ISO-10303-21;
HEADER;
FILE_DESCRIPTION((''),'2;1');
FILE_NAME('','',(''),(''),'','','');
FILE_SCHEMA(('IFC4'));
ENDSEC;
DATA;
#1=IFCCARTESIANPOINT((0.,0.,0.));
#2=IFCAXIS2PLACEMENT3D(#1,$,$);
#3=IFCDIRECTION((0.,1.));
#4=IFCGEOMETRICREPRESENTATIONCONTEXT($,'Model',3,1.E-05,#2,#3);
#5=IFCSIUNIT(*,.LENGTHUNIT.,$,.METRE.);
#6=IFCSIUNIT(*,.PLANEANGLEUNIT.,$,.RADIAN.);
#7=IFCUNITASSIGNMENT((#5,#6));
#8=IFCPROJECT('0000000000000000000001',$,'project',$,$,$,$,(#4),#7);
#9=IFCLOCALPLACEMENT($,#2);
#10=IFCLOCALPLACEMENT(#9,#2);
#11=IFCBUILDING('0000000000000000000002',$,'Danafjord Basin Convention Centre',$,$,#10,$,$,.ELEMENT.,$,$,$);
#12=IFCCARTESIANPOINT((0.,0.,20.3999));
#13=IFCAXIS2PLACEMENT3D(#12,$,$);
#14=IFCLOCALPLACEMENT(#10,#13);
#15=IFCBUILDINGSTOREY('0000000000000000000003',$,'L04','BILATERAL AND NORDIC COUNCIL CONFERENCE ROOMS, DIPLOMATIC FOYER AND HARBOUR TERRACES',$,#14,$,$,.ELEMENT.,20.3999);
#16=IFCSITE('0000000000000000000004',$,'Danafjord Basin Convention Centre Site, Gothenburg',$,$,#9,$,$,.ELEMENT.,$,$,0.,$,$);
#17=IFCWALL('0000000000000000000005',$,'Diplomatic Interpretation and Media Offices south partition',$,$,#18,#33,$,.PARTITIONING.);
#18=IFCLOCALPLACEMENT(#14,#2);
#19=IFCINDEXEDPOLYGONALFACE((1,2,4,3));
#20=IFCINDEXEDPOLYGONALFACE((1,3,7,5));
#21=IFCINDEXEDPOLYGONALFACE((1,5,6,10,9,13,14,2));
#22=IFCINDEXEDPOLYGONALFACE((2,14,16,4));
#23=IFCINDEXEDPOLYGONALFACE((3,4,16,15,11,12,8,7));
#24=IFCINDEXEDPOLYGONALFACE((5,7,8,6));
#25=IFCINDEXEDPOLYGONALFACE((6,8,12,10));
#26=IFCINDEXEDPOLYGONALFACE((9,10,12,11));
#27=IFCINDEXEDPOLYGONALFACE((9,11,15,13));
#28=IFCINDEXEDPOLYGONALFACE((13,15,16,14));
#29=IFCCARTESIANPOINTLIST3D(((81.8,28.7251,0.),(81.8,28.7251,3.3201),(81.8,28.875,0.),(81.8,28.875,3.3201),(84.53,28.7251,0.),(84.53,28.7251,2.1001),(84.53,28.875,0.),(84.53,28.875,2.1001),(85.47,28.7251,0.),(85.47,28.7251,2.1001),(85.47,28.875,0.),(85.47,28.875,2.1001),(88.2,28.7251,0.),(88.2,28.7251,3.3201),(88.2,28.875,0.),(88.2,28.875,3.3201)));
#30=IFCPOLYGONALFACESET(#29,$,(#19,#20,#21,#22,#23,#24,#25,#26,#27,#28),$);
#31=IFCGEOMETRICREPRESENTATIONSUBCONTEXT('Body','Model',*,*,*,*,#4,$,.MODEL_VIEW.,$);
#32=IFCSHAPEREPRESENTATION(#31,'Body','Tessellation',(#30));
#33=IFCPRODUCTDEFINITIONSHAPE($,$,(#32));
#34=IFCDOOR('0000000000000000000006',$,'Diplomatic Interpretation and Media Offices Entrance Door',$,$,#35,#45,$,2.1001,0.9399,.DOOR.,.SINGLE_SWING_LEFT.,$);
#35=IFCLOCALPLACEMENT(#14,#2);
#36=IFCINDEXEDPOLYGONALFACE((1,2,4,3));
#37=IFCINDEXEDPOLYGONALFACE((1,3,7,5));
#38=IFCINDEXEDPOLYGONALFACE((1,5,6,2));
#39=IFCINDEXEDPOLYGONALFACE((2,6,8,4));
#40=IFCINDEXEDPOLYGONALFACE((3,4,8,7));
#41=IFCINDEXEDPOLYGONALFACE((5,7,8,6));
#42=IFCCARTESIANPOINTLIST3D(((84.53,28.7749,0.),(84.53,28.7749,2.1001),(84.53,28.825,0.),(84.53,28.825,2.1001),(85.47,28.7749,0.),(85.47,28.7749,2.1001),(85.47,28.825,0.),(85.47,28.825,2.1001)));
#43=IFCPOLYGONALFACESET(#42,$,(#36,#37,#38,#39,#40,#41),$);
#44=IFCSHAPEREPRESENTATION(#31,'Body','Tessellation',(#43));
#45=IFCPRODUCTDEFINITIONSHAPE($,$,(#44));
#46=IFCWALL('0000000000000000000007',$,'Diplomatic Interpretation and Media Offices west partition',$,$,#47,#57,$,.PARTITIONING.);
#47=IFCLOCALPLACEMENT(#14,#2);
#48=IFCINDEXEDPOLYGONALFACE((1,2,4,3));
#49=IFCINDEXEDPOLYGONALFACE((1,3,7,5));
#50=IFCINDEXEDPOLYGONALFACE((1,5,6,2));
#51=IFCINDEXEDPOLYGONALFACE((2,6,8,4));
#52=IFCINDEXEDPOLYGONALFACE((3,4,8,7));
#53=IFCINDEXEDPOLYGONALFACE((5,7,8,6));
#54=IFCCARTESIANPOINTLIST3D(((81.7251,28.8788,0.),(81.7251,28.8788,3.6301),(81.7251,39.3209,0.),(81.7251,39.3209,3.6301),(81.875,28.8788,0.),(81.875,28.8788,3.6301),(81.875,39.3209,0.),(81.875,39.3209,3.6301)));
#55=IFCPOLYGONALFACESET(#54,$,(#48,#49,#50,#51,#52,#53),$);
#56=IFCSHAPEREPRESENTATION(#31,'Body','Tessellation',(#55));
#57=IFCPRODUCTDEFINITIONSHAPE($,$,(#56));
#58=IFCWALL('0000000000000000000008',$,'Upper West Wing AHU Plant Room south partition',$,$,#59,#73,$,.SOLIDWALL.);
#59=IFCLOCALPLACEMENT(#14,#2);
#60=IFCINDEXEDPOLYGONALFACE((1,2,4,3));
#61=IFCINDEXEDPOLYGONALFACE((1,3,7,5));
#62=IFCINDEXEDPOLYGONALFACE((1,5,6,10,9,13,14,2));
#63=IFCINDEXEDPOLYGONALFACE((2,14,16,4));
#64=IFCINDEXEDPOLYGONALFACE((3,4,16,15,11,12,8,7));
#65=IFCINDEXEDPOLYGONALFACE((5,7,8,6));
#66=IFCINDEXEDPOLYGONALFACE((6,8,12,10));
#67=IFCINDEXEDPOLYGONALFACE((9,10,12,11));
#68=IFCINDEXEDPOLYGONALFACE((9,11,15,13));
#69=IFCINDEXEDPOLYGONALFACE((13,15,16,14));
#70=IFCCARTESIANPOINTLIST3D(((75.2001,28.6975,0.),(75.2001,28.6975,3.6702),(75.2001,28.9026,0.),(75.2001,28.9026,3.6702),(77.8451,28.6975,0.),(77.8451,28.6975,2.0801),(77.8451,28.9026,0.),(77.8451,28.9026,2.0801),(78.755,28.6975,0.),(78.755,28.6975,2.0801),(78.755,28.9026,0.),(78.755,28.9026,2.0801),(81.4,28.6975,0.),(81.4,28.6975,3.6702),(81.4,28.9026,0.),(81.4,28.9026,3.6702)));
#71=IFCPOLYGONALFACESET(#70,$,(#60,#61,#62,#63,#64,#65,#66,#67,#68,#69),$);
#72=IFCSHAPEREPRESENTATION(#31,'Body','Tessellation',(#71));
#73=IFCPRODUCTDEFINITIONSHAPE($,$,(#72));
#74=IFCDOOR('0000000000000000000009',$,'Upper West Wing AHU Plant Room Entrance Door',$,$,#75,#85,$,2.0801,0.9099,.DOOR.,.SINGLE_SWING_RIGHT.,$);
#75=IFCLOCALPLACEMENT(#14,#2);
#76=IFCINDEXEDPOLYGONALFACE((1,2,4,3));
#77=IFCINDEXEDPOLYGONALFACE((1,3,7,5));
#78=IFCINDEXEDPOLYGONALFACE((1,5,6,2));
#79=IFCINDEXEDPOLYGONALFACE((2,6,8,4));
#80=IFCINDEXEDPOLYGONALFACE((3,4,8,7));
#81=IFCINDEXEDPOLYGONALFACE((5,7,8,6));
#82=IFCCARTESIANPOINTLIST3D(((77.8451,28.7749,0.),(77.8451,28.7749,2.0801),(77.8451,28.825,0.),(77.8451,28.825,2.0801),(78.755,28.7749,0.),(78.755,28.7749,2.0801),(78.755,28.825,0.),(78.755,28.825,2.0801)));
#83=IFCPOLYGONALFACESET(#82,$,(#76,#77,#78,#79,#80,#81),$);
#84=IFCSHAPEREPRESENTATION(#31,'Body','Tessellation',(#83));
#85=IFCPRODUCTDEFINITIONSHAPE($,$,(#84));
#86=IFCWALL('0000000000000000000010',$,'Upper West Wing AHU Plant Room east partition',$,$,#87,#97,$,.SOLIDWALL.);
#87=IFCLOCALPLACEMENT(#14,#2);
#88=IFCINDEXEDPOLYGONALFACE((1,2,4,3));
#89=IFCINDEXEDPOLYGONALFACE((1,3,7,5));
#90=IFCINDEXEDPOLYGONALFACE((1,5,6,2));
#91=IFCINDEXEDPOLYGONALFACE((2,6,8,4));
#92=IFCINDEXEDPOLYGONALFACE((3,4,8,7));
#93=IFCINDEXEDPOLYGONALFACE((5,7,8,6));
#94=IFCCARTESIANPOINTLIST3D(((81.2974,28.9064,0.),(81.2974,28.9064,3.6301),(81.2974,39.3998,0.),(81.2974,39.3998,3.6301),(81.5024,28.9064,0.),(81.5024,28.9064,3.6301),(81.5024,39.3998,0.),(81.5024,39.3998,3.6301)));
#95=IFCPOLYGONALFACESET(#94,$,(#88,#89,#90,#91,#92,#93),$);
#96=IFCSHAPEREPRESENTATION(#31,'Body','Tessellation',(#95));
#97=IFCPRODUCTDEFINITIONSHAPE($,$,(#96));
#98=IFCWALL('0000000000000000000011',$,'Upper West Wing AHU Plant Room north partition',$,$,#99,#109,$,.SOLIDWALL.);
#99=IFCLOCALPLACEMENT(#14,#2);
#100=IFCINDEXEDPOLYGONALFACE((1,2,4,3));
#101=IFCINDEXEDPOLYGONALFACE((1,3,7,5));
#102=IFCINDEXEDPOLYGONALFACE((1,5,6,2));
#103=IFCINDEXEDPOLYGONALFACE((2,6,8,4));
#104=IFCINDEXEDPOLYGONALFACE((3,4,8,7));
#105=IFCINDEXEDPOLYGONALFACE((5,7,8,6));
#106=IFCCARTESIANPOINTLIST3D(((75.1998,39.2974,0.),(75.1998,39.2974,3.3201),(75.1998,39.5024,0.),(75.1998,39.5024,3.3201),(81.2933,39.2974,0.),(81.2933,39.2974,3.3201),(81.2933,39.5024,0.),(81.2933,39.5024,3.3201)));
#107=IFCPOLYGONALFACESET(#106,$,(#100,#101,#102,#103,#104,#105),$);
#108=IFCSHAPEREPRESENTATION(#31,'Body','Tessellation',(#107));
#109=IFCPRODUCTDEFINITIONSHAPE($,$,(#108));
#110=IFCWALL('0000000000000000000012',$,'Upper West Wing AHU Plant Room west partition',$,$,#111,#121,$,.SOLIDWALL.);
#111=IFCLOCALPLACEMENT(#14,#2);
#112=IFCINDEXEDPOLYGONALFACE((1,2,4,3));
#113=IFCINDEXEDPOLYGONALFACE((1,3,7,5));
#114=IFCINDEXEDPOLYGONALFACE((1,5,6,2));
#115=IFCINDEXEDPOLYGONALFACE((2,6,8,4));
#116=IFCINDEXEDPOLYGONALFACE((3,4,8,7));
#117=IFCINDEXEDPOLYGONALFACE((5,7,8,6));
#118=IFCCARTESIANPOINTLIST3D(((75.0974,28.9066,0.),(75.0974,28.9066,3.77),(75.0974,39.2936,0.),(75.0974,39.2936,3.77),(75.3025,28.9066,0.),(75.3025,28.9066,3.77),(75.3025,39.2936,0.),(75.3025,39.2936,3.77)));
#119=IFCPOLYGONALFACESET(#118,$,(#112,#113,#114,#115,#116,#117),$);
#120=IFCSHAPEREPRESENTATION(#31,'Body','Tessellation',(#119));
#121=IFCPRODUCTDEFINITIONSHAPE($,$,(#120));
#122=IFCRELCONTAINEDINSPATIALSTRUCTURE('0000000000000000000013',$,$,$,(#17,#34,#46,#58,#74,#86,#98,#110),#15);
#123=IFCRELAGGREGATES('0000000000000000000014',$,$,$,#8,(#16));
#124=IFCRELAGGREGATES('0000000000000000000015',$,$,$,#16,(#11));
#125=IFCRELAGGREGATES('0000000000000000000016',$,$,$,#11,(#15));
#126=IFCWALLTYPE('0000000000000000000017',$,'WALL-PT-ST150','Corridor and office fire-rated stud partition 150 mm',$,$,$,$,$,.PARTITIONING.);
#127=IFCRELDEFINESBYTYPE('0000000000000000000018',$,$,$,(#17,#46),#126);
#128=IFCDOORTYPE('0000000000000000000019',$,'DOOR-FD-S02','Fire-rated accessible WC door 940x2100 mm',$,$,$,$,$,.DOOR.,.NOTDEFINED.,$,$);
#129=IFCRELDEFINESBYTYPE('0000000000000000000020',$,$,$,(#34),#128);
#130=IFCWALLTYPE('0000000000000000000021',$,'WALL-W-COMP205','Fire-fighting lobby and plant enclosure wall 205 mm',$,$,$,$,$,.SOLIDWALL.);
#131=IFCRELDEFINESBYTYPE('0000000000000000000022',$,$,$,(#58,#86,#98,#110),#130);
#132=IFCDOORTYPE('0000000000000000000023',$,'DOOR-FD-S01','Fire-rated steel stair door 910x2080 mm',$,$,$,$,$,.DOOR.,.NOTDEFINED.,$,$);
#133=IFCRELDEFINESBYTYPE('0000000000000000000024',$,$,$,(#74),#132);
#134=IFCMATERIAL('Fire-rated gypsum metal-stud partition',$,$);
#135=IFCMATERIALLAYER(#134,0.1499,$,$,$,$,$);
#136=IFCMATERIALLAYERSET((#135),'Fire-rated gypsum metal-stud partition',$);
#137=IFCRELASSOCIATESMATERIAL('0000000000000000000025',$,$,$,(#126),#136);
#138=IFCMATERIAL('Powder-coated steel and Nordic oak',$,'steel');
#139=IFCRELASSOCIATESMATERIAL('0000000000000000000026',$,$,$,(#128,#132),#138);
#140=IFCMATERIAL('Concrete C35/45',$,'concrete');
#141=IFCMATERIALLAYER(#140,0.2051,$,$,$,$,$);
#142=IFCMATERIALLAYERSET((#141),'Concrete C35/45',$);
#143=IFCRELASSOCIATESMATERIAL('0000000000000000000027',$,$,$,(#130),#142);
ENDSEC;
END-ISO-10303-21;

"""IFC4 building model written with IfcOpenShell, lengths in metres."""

from ifc_helpers import new_model, si_unit, direction, frame, frame_2d, origin, place, context, subcontext, project, spatial, rectangle, extrude, material, layer, layer_set, type_object, element, fill, save


model = new_model("IFC4")

# Units and contexts
model_context = context("Model", 3, precision=1e-05, world=origin(), true_north=direction((0.0, 1.0)))
body_context = subcontext(model_context, "Body", "Model", "MODEL_VIEW")
ifc_project = project(units=[si_unit("LENGTHUNIT", "METRE"), si_unit("PLANEANGLEUNIT", "RADIAN")], contexts=[model_context])

# Site, building, storey
site_placement = place(None, origin())
site = spatial("IfcSite", under=ifc_project, at=site_placement, Name="Danafjord Basin Convention Centre Site, Gothenburg", CompositionType="ELEMENT", RefElevation=0.0)
building_placement = place(site_placement, origin())
building = spatial("IfcBuilding", under=site, at=building_placement, Name="Danafjord Basin Convention Centre", CompositionType="ELEMENT")
storey_placement = place(building_placement, frame((0.0, 0.0, 20.3999)))
storey = spatial("IfcBuildingStorey", under=building, at=storey_placement, Name="L04", Description="BILATERAL AND NORDIC COUNCIL CONFERENCE ROOMS, DIPLOMATIC FOYER AND HARBOUR TERRACES", CompositionType="ELEMENT", Elevation=20.3999)

# Wall, opening, door
ifc_material_1 = material(Name="Fire-rated gypsum metal-stud partition")
ifc_layer_1 = layer(ifc_material_1, 0.1499)
ifc_layer_set_1 = layer_set([ifc_layer_1], Name="Fire-rated gypsum metal-stud partition")
wall_type_1 = type_object("IfcWallType", Name="WALL-PT-ST150", Description="Corridor and office fire-rated stud partition 150 mm", PredefinedType="PARTITIONING", material=ifc_layer_set_1)
wall_1_placement = place(storey_placement, frame((81.8, 28.8, 0.0), z_axis=(0.0, 0.0, 1.0), x_axis=(1.0, 0.0, 0.0)))
wall_1 = element("IfcWall", 1, at=wall_1_placement, inside=storey, type_object=wall_type_1, Name="Diplomatic Interpretation and Media Offices south partition", PredefinedType="PARTITIONING", context=body_context, shape_type="SweptSolid", body=[
    extrude(rectangle(XDim=6.3999, YDim=0.1499, at=frame_2d((3.2, 0.0))), origin(), (0.0, 0.0, 1.0), 3.3201),
])
opening_1_placement = place(wall_1_placement, frame((2.73, 0.0, 0.0)))
opening_1 = element("IfcOpeningElement", 2, at=opening_1_placement, cuts=wall_1, PredefinedType="OPENING", context=body_context, shape_type="SweptSolid", body=[
    extrude(rectangle(XDim=0.9399, YDim=2.1001, at=frame_2d((0.47, 1.05))), frame((0.0, 0.085, 0.0), z_axis=(0.0, -1.0, 0.0), x_axis=(1.0, 0.0, 0.0)), (0.0, 0.0, 1.0), 0.1699),
])
ifc_material_2 = material(Name="Powder-coated steel and Nordic oak", Category="steel")
door_type_1 = type_object("IfcDoorType", Name="DOOR-FD-S02", Description="Fire-rated accessible WC door 940x2100 mm", OperationType="NOTDEFINED", PredefinedType="DOOR", material=ifc_material_2)
door_1_placement = place(opening_1_placement, origin())
door_1 = element("IfcDoor", 3, at=door_1_placement, inside=storey, type_object=door_type_1, Name="Diplomatic Interpretation and Media Offices Entrance Door", OperationType="SINGLE_SWING_LEFT", OverallHeight=2.1001, OverallWidth=0.9399, PredefinedType="DOOR", context=body_context, shape_type="SweptSolid", body=[
    extrude(rectangle(XDim=0.9399, YDim=2.1001, at=frame_2d((0.47, 1.05))), frame((0.0, 0.0249, 0.0), z_axis=(0.0, -1.0, 0.0), x_axis=(1.0, 0.0, 0.0)), (0.0, 0.0, 1.0), 0.05),
])
fill(opening_1, door_1)

# Wall
wall_2_placement = place(storey_placement, frame((81.8, 39.321, 0.0), z_axis=(0.0, 0.0, 1.0), x_axis=(0.0, -1.0, 0.0)))
element("IfcWall", 4, at=wall_2_placement, inside=storey, type_object=wall_type_1, Name="Diplomatic Interpretation and Media Offices west partition", PredefinedType="PARTITIONING", context=body_context, shape_type="SweptSolid", body=[
    extrude(rectangle(XDim=10.4421, YDim=0.1499, at=frame_2d((5.2212, 0.0))), origin(), (0.0, 0.0, 1.0), 3.6301),
])

# Wall, opening, door
ifc_material_3 = material(Name="Concrete C35/45", Category="concrete")
ifc_layer_2 = layer(ifc_material_3, 0.2051)
ifc_layer_set_2 = layer_set([ifc_layer_2], Name="Concrete C35/45")
wall_type_2 = type_object("IfcWallType", Name="WALL-W-COMP205", Description="Fire-fighting lobby and plant enclosure wall 205 mm", PredefinedType="SOLIDWALL", material=ifc_layer_set_2)
wall_3_placement = place(storey_placement, frame((75.2, 28.8, 0.0), z_axis=(0.0, 0.0, 1.0), x_axis=(1.0, 0.0, 0.0)))
wall_3 = element("IfcWall", 5, at=wall_3_placement, inside=storey, type_object=wall_type_2, Name="Upper West Wing AHU Plant Room south partition", PredefinedType="SOLIDWALL", context=body_context, shape_type="SweptSolid", body=[
    extrude(rectangle(XDim=6.2, YDim=0.2051, at=frame_2d((3.1001, 0.0))), origin(), (0.0, 0.0, 1.0), 3.6702),
])
opening_2_placement = place(wall_3_placement, frame((2.645, 0.0, 0.0)))
opening_2 = element("IfcOpeningElement", 6, at=opening_2_placement, cuts=wall_3, PredefinedType="OPENING", context=body_context, shape_type="SweptSolid", body=[
    extrude(rectangle(XDim=0.9099, YDim=2.0801, at=frame_2d((0.4551, 1.04))), frame((0.0, 0.1125, 0.0), z_axis=(0.0, -1.0, 0.0), x_axis=(1.0, 0.0, 0.0)), (0.0, 0.0, 1.0), 0.2251),
])
door_type_2 = type_object("IfcDoorType", Name="DOOR-FD-S01", Description="Fire-rated steel stair door 910x2080 mm", OperationType="NOTDEFINED", PredefinedType="DOOR", material=ifc_material_2)
door_2_placement = place(opening_2_placement, origin())
door_2 = element("IfcDoor", 7, at=door_2_placement, inside=storey, type_object=door_type_2, Name="Upper West Wing AHU Plant Room Entrance Door", OperationType="SINGLE_SWING_RIGHT", OverallHeight=2.0801, OverallWidth=0.9099, PredefinedType="DOOR", context=body_context, shape_type="SweptSolid", body=[
    extrude(rectangle(XDim=0.9099, YDim=2.0801, at=frame_2d((0.4551, 1.04))), frame((0.0, 0.0249, 0.0), z_axis=(0.0, -1.0, 0.0), x_axis=(1.0, 0.0, 0.0)), (0.0, 0.0, 1.0), 0.05),
])
fill(opening_2, door_2)

# Walls
wall_4_placement = place(storey_placement, frame((81.3999, 28.9065, 0.0), z_axis=(0.0, 0.0, 1.0), x_axis=(0.0, 1.0, 0.0)))
element("IfcWall", 8, at=wall_4_placement, inside=storey, type_object=wall_type_2, Name="Upper West Wing AHU Plant Room east partition", PredefinedType="SOLIDWALL", context=body_context, shape_type="SweptSolid", body=[
    extrude(rectangle(XDim=10.4934, YDim=0.2051, at=frame_2d((5.2466, 0.0))), origin(), (0.0, 0.0, 1.0), 3.6301),
])
wall_5_placement = place(storey_placement, frame((81.2935, 39.3999, 0.0), z_axis=(0.0, 0.0, 1.0), x_axis=(-1.0, 0.0, 0.0)))
element("IfcWall", 9, at=wall_5_placement, inside=storey, type_object=wall_type_2, Name="Upper West Wing AHU Plant Room north partition", PredefinedType="SOLIDWALL", context=body_context, shape_type="SweptSolid", body=[
    extrude(rectangle(XDim=6.0935, YDim=0.2051, at=frame_2d((3.0469, 0.0))), origin(), (0.0, 0.0, 1.0), 3.3201),
])
wall_6_placement = place(storey_placement, frame((75.2, 39.2935, 0.0), z_axis=(0.0, 0.0, 1.0), x_axis=(0.0, -1.0, 0.0)))
element("IfcWall", 10, at=wall_6_placement, inside=storey, type_object=wall_type_2, Name="Upper West Wing AHU Plant Room west partition", PredefinedType="SOLIDWALL", context=body_context, shape_type="SweptSolid", body=[
    extrude(rectangle(XDim=10.387, YDim=0.2051, at=frame_2d((5.1934, 0.0))), origin(), (0.0, 0.0, 1.0), 3.77),
])

save(model, "model.ifc")
